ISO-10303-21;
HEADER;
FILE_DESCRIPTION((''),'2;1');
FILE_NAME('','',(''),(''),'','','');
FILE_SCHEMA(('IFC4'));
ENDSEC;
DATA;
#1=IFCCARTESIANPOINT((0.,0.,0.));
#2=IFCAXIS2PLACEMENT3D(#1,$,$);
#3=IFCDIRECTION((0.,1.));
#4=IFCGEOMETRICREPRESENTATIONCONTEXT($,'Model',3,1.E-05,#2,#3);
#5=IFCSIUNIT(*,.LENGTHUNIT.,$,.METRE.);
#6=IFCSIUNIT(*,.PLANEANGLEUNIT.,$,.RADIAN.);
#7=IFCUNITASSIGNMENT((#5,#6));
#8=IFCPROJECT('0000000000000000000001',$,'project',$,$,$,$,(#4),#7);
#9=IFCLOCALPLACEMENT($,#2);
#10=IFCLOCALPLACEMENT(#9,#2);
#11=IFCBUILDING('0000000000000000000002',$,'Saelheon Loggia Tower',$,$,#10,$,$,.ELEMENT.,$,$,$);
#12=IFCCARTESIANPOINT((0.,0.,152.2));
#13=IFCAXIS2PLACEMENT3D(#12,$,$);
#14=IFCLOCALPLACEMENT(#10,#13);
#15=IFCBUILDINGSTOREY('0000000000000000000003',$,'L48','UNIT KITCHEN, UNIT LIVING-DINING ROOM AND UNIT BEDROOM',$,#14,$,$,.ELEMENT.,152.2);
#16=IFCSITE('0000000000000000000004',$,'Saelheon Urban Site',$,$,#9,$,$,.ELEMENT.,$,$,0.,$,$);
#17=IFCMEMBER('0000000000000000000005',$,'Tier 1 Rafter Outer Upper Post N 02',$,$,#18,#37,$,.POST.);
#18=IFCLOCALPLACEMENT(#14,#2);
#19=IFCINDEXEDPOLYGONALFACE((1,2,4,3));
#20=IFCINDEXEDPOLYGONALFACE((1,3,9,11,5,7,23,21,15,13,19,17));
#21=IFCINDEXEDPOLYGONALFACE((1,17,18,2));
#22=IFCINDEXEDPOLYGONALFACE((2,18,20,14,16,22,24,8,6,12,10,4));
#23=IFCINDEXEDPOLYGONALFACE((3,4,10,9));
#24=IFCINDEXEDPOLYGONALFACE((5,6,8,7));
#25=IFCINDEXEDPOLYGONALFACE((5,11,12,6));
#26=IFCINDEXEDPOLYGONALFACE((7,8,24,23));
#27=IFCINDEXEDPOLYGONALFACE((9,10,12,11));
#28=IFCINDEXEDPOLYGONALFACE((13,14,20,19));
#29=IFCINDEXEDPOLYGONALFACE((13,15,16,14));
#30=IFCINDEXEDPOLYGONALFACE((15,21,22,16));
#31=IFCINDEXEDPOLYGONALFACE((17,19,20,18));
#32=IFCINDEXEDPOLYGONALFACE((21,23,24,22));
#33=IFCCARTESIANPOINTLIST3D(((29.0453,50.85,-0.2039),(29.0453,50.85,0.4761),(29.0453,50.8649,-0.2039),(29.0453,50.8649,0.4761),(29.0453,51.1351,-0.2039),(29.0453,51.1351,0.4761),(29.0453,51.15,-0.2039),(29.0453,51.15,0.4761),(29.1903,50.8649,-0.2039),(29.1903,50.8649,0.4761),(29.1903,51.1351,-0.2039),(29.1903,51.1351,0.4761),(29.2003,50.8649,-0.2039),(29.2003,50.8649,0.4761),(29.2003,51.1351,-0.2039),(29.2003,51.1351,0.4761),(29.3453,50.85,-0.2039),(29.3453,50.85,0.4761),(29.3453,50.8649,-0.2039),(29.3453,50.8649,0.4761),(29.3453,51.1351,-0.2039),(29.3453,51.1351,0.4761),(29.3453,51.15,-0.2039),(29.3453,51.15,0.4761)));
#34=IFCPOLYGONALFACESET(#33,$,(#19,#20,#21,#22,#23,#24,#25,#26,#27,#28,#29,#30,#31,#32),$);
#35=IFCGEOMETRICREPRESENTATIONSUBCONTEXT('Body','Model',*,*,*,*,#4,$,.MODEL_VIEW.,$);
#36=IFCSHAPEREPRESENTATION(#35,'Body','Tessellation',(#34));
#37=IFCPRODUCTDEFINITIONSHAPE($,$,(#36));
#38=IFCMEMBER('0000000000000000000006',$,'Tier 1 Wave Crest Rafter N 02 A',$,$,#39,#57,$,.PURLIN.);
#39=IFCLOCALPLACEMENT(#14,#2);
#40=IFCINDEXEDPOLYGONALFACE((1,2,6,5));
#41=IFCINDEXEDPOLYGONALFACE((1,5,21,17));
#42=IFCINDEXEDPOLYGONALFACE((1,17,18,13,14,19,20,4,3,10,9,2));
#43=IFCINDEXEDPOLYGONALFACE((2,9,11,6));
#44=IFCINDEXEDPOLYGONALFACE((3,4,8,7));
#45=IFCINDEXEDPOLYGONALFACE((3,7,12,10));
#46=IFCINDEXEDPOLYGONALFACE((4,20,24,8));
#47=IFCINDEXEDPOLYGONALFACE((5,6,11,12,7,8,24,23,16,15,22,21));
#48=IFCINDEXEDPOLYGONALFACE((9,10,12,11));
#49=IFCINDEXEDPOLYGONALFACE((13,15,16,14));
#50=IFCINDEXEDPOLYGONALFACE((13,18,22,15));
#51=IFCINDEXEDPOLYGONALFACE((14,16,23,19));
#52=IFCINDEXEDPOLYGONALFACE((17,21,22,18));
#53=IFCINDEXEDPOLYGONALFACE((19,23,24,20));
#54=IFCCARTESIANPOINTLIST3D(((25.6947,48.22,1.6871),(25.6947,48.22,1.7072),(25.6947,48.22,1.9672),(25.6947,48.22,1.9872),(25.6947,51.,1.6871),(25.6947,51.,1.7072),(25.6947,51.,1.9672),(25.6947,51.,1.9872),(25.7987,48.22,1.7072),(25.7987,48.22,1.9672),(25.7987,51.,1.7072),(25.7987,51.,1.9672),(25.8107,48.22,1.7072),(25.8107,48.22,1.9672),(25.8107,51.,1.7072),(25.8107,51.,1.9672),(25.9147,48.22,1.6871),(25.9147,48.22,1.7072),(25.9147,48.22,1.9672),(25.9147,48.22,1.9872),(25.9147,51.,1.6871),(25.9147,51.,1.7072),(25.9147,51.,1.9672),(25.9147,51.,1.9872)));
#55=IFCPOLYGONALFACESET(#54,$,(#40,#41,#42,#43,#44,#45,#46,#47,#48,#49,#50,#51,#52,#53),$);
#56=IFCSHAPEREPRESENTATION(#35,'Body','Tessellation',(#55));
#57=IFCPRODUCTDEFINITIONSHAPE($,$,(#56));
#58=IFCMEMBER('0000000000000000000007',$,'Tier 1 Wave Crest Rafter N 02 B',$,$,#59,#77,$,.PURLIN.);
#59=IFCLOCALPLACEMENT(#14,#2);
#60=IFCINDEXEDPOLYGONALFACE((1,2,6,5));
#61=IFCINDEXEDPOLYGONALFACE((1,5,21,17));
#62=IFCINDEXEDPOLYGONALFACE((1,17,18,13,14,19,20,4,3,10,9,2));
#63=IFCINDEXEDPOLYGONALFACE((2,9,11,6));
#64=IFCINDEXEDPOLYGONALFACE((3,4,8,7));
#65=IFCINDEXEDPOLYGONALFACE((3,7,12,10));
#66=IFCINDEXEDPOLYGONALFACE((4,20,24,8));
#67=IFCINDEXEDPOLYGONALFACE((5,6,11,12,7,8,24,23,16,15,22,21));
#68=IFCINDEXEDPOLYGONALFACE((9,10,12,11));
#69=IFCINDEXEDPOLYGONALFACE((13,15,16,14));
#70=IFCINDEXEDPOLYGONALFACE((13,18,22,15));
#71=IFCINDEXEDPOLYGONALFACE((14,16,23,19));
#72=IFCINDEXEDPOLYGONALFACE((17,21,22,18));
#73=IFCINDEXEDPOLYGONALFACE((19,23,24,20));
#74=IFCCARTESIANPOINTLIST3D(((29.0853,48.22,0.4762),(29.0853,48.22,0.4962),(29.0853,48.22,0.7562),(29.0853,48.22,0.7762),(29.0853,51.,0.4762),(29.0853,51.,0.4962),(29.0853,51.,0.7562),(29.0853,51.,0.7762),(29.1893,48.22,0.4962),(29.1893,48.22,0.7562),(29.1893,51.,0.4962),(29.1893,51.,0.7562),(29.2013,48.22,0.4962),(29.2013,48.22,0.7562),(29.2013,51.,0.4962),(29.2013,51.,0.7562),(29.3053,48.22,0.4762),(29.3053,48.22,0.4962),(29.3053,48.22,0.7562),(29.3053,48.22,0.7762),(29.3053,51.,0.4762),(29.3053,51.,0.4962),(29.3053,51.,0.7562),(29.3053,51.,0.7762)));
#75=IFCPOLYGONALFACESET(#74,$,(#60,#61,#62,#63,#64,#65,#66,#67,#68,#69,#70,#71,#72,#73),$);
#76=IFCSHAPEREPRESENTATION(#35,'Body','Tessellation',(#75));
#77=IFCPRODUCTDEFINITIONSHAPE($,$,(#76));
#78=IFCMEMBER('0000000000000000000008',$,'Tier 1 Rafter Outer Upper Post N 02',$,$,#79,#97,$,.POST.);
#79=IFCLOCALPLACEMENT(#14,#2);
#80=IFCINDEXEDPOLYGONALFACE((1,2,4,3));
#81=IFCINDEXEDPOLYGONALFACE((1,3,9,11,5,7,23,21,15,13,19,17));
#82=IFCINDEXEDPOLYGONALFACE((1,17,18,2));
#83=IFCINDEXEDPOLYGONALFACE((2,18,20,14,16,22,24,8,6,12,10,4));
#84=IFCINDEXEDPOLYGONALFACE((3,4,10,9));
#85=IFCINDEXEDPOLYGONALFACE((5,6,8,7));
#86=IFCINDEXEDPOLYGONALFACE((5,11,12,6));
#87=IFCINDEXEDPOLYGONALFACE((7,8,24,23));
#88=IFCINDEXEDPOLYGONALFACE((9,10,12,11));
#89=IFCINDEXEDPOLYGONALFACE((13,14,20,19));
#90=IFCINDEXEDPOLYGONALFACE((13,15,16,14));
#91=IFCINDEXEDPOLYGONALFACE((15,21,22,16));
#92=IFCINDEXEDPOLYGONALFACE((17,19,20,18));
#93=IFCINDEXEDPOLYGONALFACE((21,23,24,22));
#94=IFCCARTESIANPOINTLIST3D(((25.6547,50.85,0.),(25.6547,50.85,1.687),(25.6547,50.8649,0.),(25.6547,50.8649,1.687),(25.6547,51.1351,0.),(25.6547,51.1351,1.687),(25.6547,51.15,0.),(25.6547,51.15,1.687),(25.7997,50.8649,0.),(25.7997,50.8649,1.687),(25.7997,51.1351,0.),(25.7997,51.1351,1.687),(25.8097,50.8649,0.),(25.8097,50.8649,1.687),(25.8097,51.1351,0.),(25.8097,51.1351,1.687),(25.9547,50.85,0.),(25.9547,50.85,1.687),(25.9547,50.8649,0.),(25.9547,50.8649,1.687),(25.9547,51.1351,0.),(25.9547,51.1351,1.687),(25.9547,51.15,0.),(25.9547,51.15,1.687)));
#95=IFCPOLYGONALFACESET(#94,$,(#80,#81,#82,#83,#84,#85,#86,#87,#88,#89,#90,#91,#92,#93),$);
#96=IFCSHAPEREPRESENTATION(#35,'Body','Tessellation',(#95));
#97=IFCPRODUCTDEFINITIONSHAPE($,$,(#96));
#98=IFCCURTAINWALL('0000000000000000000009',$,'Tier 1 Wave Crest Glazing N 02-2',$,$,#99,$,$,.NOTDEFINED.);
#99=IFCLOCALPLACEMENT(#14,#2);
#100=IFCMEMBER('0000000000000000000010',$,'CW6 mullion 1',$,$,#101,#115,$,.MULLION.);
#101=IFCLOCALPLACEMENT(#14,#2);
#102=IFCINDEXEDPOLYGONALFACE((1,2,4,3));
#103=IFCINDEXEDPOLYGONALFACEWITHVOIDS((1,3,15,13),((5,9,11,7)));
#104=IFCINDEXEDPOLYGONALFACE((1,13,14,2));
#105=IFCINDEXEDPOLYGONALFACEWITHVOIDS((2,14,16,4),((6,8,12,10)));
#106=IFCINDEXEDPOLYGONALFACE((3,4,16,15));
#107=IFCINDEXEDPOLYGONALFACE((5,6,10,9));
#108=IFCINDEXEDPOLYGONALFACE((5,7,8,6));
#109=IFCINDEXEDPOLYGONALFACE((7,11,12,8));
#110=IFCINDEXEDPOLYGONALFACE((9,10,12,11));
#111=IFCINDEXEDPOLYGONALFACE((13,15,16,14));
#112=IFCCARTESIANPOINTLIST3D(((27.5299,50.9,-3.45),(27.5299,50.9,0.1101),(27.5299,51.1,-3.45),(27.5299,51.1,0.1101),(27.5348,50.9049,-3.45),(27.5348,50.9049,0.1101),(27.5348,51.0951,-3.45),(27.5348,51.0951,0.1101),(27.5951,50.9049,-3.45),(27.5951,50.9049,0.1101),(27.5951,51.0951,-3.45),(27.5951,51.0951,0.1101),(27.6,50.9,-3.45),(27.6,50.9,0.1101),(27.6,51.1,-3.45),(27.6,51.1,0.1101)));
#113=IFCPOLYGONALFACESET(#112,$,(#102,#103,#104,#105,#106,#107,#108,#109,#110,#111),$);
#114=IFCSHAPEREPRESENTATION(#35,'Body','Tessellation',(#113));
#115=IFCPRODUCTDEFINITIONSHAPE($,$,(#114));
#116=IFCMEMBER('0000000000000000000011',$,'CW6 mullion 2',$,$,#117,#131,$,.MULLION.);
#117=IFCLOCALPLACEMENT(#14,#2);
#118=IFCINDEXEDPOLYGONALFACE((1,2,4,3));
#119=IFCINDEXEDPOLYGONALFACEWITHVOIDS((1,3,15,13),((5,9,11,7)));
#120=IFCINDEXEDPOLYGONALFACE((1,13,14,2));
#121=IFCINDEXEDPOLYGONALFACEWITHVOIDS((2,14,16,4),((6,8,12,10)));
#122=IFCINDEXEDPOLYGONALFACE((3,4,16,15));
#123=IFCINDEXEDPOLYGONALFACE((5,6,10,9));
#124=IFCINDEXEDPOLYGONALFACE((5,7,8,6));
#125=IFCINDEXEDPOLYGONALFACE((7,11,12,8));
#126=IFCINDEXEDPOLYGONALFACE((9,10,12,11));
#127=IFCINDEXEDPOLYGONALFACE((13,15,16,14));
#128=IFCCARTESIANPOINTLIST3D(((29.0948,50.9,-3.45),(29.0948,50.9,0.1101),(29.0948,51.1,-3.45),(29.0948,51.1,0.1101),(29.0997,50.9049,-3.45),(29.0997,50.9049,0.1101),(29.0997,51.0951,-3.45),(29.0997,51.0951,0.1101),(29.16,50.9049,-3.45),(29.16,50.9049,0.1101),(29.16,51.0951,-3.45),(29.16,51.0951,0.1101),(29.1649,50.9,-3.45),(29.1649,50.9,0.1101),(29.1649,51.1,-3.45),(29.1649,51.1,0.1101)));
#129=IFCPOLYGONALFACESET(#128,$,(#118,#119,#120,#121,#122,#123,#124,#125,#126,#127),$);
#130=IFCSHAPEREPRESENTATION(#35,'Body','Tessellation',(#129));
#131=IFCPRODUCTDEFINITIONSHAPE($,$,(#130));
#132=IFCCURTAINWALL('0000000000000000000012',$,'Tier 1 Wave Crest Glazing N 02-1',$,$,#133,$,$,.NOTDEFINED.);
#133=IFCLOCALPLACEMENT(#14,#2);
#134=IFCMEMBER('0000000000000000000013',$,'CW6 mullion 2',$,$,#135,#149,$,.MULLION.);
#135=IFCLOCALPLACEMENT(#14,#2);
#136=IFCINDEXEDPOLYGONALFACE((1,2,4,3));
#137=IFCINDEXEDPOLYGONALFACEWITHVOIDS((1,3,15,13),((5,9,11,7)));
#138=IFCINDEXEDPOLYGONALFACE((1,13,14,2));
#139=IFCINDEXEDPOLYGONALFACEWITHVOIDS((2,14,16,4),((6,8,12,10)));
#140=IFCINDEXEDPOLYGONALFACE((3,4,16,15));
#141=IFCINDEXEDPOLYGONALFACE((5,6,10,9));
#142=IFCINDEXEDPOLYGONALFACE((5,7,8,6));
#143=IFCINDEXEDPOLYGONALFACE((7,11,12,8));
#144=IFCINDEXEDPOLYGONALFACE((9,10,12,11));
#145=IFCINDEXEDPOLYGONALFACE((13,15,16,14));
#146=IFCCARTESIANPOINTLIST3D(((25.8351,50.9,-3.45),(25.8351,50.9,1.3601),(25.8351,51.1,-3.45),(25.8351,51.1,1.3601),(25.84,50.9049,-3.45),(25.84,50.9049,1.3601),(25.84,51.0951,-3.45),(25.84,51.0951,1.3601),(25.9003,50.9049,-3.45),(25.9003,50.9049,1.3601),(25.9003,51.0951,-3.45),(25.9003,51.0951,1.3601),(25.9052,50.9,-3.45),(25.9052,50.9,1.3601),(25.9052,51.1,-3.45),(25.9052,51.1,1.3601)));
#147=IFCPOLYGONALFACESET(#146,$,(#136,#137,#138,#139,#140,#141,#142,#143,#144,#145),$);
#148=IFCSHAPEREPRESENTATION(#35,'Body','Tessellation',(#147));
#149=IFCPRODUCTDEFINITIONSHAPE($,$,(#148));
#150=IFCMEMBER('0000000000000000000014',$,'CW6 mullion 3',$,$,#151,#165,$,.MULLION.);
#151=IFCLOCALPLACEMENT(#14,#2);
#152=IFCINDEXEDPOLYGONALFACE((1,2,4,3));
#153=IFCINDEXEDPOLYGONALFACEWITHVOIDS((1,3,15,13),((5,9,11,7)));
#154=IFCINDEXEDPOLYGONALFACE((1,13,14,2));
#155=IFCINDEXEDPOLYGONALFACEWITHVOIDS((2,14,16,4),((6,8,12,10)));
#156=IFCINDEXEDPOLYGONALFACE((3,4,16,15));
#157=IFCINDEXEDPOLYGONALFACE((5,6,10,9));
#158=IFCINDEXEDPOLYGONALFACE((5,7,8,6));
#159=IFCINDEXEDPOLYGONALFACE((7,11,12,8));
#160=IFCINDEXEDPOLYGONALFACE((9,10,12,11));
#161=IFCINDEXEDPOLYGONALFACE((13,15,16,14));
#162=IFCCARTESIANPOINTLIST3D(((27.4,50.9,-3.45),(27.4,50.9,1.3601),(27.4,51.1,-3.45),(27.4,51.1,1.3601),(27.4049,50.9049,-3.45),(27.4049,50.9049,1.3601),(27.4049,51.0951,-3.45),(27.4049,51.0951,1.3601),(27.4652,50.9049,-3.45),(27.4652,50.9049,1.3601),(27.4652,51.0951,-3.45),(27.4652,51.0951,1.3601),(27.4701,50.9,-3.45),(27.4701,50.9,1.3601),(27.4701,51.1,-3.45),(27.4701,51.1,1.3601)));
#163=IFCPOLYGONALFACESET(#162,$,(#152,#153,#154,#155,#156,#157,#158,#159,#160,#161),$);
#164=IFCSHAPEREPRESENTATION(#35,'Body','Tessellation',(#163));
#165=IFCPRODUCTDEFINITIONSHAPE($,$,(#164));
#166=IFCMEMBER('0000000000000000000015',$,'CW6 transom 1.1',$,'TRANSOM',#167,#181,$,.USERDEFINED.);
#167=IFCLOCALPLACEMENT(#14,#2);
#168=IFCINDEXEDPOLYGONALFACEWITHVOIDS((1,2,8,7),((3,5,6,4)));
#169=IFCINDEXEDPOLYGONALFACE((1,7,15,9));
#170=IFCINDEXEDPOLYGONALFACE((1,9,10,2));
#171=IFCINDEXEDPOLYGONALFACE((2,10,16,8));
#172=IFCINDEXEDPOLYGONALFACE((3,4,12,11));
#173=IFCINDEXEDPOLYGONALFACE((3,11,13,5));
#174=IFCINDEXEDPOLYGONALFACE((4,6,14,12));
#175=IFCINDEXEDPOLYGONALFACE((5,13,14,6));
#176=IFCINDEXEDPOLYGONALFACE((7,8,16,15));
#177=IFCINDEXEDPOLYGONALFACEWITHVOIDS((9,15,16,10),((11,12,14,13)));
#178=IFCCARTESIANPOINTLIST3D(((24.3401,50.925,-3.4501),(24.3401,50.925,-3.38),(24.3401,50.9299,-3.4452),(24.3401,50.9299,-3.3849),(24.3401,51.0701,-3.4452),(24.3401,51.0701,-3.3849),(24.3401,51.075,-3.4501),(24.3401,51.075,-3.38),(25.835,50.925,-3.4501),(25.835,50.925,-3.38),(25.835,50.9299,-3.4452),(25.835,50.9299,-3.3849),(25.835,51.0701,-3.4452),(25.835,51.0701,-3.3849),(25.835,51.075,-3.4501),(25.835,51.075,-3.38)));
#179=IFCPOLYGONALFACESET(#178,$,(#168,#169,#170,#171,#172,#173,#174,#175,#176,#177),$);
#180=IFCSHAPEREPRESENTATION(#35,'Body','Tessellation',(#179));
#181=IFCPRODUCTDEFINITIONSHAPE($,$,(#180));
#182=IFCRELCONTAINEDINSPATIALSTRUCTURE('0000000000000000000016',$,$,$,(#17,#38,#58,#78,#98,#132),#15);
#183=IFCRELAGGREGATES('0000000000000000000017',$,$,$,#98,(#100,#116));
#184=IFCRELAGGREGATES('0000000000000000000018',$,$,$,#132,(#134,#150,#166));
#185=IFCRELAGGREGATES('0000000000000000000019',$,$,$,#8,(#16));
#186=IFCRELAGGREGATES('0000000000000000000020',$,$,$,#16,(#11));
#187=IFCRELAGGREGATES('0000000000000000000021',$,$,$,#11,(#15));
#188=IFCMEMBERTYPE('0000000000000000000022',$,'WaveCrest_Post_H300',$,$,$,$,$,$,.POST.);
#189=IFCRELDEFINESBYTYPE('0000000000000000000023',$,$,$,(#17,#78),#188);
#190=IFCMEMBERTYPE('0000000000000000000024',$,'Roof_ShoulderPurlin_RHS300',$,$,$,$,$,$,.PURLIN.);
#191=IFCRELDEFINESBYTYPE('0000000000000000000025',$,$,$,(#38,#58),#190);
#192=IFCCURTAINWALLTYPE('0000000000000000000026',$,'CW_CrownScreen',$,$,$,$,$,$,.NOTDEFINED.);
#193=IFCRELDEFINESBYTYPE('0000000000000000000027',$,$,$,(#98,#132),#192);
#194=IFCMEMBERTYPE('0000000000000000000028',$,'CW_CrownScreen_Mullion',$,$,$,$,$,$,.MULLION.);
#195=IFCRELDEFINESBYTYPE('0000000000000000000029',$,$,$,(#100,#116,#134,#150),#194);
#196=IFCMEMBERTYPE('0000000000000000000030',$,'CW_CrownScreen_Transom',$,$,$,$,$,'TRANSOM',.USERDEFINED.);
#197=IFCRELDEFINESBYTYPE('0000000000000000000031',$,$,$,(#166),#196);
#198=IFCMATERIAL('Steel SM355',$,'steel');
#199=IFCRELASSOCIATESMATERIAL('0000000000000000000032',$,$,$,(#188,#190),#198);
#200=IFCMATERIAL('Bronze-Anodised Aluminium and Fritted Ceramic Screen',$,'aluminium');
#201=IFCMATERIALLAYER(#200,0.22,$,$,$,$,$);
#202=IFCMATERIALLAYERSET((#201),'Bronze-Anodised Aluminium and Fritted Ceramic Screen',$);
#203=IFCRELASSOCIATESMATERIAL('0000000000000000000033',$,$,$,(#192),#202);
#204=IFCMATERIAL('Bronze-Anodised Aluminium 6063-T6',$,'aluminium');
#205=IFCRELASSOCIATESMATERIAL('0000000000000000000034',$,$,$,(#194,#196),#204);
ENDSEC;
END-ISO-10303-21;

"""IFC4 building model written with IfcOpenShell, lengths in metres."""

from ifc_helpers import new_model, si_unit, direction, frame, origin, origin_2d, place, context, subcontext, project, spatial, hollow_rectangle, i_section, extrude, source, transform, mapped, material, layer, layer_set, material_profile, profile_set, type_object, element, aggregate, save


model = new_model("IFC4")

# Units and contexts
model_context = context("Model", 3, precision=1e-05, world=origin(), true_north=direction((0.0, 1.0)))
body_context = subcontext(model_context, "Body", "Model", "MODEL_VIEW")
ifc_project = project(units=[si_unit("LENGTHUNIT", "METRE"), si_unit("PLANEANGLEUNIT", "RADIAN")], contexts=[model_context])

# Site, building, storey
site_placement = place(None, origin())
site = spatial("IfcSite", under=ifc_project, at=site_placement, Name="Saelheon Urban Site", CompositionType="ELEMENT", RefElevation=0.0)
building_placement = place(site_placement, origin())
building = spatial("IfcBuilding", under=site, at=building_placement, Name="Saelheon Loggia Tower", CompositionType="ELEMENT")
storey_placement = place(building_placement, frame((0.0, 0.0, 152.2)))
storey = spatial("IfcBuildingStorey", under=building, at=storey_placement, Name="L48", Description="UNIT KITCHEN, UNIT LIVING-DINING ROOM AND UNIT BEDROOM", CompositionType="ELEMENT", Elevation=152.2)

# Members
ifc_material_1 = material(Name="Steel SM355", Category="steel")
ifc_material_profile_1 = material_profile(ifc_material_1, i_section(OverallWidth=0.3, OverallDepth=0.3, WebThickness=0.01, FlangeThickness=0.0149, at=origin_2d()), Name="H-300x300x10x15")
ifc_profile_set_1 = profile_set([ifc_material_profile_1], Name="Steel SM355")
member_type_1 = type_object("IfcMemberType", Name="WaveCrest_Post_H300", PredefinedType="POST", material=ifc_profile_set_1)
shared_shape_1 = source(origin(), body_context, "Body", "SweptSolid", [
    extrude(i_section(OverallWidth=0.3, OverallDepth=0.3, WebThickness=0.01, FlangeThickness=0.0149, at=origin_2d()), origin(), (0.0, 0.0, 1.0), 0.6799),
])
member_1_placement = place(storey_placement, frame((29.1953, 51.0, -0.2039), z_axis=(0.0, 0.0, 1.0), x_axis=(1.0, 0.0, 0.0)))
element("IfcMember", 1, at=member_1_placement, inside=storey, type_object=member_type_1, Name="Tier 1 Rafter Outer Upper Post N 02", PredefinedType="POST", context=body_context, shape_type="MappedRepresentation", body=[
    mapped(shared_shape_1, transform((0.0, 0.0, 0.0), scale=1.0)),
])
ifc_material_profile_2 = material_profile(ifc_material_1, i_section(OverallWidth=0.22, OverallDepth=0.3, WebThickness=0.012, FlangeThickness=0.02, at=origin_2d()), Name="H-300x220x12x20")
ifc_profile_set_2 = profile_set([ifc_material_profile_2], Name="Steel SM355")
member_type_2 = type_object("IfcMemberType", Name="Roof_ShoulderPurlin_RHS300", PredefinedType="PURLIN", material=ifc_profile_set_2)
shared_shape_2 = source(origin(), body_context, "Body", "SweptSolid", [
    extrude(i_section(OverallWidth=0.22, OverallDepth=0.3, WebThickness=0.012, FlangeThickness=0.02, at=origin_2d()), origin(), (0.0, 0.0, 1.0), 2.78),
])
for number, where, z_axis, x_axis, name in (
    (2, (25.8047, 51.0, 1.8372), (0.0, -1.0, 0.0), (1.0, 0.0, 0.0), "Tier 1 Wave Crest Rafter N 02 A"),
    (3, (29.1953, 51.0, 0.6262), (0.0, -1.0, 0.0), (1.0, 0.0, 0.0), "Tier 1 Wave Crest Rafter N 02 B"),
):
    element("IfcMember", number, at=place(storey_placement, frame(where, z_axis=z_axis, x_axis=x_axis)), inside=storey, type_object=member_type_2, Name=name, PredefinedType="PURLIN", context=body_context, shape_type="MappedRepresentation", body=[
        mapped(shared_shape_2, transform((0.0, 0.0, 0.0), scale=1.0)),
    ])
shared_shape_3 = source(origin(), body_context, "Body", "SweptSolid", [
    extrude(i_section(OverallWidth=0.3, OverallDepth=0.3, WebThickness=0.01, FlangeThickness=0.0149, at=origin_2d()), origin(), (0.0, 0.0, 1.0), 1.687),
])
member_2_placement = place(storey_placement, frame((25.8047, 51.0, 0.0), z_axis=(0.0, 0.0, 1.0), x_axis=(1.0, 0.0, 0.0)))
element("IfcMember", 4, at=member_2_placement, inside=storey, type_object=member_type_1, Name="Tier 1 Rafter Outer Upper Post N 02", PredefinedType="POST", context=body_context, shape_type="MappedRepresentation", body=[
    mapped(shared_shape_3, transform((0.0, 0.0, 0.0), scale=1.0)),
])

# Curtain walls, members
ifc_material_2 = material(Name="Bronze-Anodised Aluminium and Fritted Ceramic Screen", Category="aluminium")
ifc_layer_1 = layer(ifc_material_2, 0.22)
ifc_layer_set_1 = layer_set([ifc_layer_1], Name="Bronze-Anodised Aluminium and Fritted Ceramic Screen")
curtain_wall_type = type_object("IfcCurtainWallType", Name="CW_CrownScreen", PredefinedType="NOTDEFINED", material=ifc_layer_set_1)
curtain_wall_1_placement = place(storey_placement, origin())
curtain_wall_1 = element("IfcCurtainWall", 5, at=curtain_wall_1_placement, inside=storey, type_object=curtain_wall_type, Name="Tier 1 Wave Crest Glazing N 02-2", PredefinedType="NOTDEFINED")
ifc_material_3 = material(Name="Bronze-Anodised Aluminium 6063-T6", Category="aluminium")
ifc_material_profile_3 = material_profile(ifc_material_3, hollow_rectangle(XDim=0.0701, YDim=0.2, WallThickness=0.0049, at=origin_2d()), Name="RHS-200x70x5")
ifc_profile_set_3 = profile_set([ifc_material_profile_3], Name="Bronze-Anodised Aluminium 6063-T6")
member_type_3 = type_object("IfcMemberType", Name="CW_CrownScreen_Mullion", PredefinedType="MULLION", material=ifc_profile_set_3)
shared_shape_4 = source(origin(), body_context, "Body", "SweptSolid", [
    extrude(hollow_rectangle(XDim=0.0701, YDim=0.2, WallThickness=0.0049, at=origin_2d()), origin(), (0.0, 0.0, 1.0), 3.5601),
])
member_3_placement = place(storey_placement, frame((27.5649, 51.0, -3.45), z_axis=(0.0, 0.0, 1.0), x_axis=(1.0, 0.0, 0.0)))
member_3 = element("IfcMember", 6, at=member_3_placement, type_object=member_type_3, Name="CW6 mullion 1", PredefinedType="MULLION", context=body_context, shape_type="MappedRepresentation", body=[
    mapped(shared_shape_4, transform((0.0, 0.0, 0.0), scale=1.0)),
])
member_4_placement = place(storey_placement, frame((29.1299, 51.0, -3.45), z_axis=(0.0, 0.0, 1.0), x_axis=(1.0, 0.0, 0.0)))
member_4 = element("IfcMember", 7, at=member_4_placement, type_object=member_type_3, Name="CW6 mullion 2", PredefinedType="MULLION", context=body_context, shape_type="MappedRepresentation", body=[
    mapped(shared_shape_4, transform((0.0, 0.0, 0.0), scale=1.0)),
])
curtain_wall_2_placement = place(storey_placement, origin())
curtain_wall_2 = element("IfcCurtainWall", 8, at=curtain_wall_2_placement, inside=storey, type_object=curtain_wall_type, Name="Tier 1 Wave Crest Glazing N 02-1", PredefinedType="NOTDEFINED")
shared_shape_5 = source(origin(), body_context, "Body", "SweptSolid", [
    extrude(hollow_rectangle(XDim=0.0701, YDim=0.2, WallThickness=0.0049, at=origin_2d()), origin(), (0.0, 0.0, 1.0), 4.8101),
])
member_5_placement = place(storey_placement, frame((25.8701, 51.0, -3.45), z_axis=(0.0, 0.0, 1.0), x_axis=(1.0, 0.0, 0.0)))
member_5 = element("IfcMember", 9, at=member_5_placement, type_object=member_type_3, Name="CW6 mullion 2", PredefinedType="MULLION", context=body_context, shape_type="MappedRepresentation", body=[
    mapped(shared_shape_5, transform((0.0, 0.0, 0.0), scale=1.0)),
])
member_6_placement = place(storey_placement, frame((27.4351, 51.0, -3.45), z_axis=(0.0, 0.0, 1.0), x_axis=(1.0, 0.0, 0.0)))
member_6 = element("IfcMember", 10, at=member_6_placement, type_object=member_type_3, Name="CW6 mullion 3", PredefinedType="MULLION", context=body_context, shape_type="MappedRepresentation", body=[
    mapped(shared_shape_5, transform((0.0, 0.0, 0.0), scale=1.0)),
])
ifc_material_profile_4 = material_profile(ifc_material_3, hollow_rectangle(XDim=0.0701, YDim=0.1499, WallThickness=0.0049, at=origin_2d()), Name="RHS-150x70x5")
ifc_profile_set_4 = profile_set([ifc_material_profile_4], Name="Bronze-Anodised Aluminium 6063-T6")
member_type_4 = type_object("IfcMemberType", Name="CW_CrownScreen_Transom", ElementType="TRANSOM", PredefinedType="USERDEFINED", material=ifc_profile_set_4)
shared_shape_6 = source(origin(), body_context, "Body", "SweptSolid", [
    extrude(hollow_rectangle(XDim=0.0701, YDim=0.1499, WallThickness=0.0049, at=origin_2d()), origin(), (0.0, 0.0, 1.0), 1.4949),
])
member_7_placement = place(storey_placement, frame((24.3401, 51.0, -3.415), z_axis=(1.0, 0.0, 0.0), x_axis=(0.0, 0.0, 1.0)))
member_7 = element("IfcMember", 11, at=member_7_placement, type_object=member_type_4, Name="CW6 transom 1.1", ObjectType="TRANSOM", PredefinedType="USERDEFINED", context=body_context, shape_type="MappedRepresentation", body=[
    mapped(shared_shape_6, transform((0.0, 0.0, 0.0), scale=1.0)),
])

aggregate(curtain_wall_1, [member_3, member_4])
aggregate(curtain_wall_2, [member_5, member_6, member_7])

save(model, "model.ifc")
